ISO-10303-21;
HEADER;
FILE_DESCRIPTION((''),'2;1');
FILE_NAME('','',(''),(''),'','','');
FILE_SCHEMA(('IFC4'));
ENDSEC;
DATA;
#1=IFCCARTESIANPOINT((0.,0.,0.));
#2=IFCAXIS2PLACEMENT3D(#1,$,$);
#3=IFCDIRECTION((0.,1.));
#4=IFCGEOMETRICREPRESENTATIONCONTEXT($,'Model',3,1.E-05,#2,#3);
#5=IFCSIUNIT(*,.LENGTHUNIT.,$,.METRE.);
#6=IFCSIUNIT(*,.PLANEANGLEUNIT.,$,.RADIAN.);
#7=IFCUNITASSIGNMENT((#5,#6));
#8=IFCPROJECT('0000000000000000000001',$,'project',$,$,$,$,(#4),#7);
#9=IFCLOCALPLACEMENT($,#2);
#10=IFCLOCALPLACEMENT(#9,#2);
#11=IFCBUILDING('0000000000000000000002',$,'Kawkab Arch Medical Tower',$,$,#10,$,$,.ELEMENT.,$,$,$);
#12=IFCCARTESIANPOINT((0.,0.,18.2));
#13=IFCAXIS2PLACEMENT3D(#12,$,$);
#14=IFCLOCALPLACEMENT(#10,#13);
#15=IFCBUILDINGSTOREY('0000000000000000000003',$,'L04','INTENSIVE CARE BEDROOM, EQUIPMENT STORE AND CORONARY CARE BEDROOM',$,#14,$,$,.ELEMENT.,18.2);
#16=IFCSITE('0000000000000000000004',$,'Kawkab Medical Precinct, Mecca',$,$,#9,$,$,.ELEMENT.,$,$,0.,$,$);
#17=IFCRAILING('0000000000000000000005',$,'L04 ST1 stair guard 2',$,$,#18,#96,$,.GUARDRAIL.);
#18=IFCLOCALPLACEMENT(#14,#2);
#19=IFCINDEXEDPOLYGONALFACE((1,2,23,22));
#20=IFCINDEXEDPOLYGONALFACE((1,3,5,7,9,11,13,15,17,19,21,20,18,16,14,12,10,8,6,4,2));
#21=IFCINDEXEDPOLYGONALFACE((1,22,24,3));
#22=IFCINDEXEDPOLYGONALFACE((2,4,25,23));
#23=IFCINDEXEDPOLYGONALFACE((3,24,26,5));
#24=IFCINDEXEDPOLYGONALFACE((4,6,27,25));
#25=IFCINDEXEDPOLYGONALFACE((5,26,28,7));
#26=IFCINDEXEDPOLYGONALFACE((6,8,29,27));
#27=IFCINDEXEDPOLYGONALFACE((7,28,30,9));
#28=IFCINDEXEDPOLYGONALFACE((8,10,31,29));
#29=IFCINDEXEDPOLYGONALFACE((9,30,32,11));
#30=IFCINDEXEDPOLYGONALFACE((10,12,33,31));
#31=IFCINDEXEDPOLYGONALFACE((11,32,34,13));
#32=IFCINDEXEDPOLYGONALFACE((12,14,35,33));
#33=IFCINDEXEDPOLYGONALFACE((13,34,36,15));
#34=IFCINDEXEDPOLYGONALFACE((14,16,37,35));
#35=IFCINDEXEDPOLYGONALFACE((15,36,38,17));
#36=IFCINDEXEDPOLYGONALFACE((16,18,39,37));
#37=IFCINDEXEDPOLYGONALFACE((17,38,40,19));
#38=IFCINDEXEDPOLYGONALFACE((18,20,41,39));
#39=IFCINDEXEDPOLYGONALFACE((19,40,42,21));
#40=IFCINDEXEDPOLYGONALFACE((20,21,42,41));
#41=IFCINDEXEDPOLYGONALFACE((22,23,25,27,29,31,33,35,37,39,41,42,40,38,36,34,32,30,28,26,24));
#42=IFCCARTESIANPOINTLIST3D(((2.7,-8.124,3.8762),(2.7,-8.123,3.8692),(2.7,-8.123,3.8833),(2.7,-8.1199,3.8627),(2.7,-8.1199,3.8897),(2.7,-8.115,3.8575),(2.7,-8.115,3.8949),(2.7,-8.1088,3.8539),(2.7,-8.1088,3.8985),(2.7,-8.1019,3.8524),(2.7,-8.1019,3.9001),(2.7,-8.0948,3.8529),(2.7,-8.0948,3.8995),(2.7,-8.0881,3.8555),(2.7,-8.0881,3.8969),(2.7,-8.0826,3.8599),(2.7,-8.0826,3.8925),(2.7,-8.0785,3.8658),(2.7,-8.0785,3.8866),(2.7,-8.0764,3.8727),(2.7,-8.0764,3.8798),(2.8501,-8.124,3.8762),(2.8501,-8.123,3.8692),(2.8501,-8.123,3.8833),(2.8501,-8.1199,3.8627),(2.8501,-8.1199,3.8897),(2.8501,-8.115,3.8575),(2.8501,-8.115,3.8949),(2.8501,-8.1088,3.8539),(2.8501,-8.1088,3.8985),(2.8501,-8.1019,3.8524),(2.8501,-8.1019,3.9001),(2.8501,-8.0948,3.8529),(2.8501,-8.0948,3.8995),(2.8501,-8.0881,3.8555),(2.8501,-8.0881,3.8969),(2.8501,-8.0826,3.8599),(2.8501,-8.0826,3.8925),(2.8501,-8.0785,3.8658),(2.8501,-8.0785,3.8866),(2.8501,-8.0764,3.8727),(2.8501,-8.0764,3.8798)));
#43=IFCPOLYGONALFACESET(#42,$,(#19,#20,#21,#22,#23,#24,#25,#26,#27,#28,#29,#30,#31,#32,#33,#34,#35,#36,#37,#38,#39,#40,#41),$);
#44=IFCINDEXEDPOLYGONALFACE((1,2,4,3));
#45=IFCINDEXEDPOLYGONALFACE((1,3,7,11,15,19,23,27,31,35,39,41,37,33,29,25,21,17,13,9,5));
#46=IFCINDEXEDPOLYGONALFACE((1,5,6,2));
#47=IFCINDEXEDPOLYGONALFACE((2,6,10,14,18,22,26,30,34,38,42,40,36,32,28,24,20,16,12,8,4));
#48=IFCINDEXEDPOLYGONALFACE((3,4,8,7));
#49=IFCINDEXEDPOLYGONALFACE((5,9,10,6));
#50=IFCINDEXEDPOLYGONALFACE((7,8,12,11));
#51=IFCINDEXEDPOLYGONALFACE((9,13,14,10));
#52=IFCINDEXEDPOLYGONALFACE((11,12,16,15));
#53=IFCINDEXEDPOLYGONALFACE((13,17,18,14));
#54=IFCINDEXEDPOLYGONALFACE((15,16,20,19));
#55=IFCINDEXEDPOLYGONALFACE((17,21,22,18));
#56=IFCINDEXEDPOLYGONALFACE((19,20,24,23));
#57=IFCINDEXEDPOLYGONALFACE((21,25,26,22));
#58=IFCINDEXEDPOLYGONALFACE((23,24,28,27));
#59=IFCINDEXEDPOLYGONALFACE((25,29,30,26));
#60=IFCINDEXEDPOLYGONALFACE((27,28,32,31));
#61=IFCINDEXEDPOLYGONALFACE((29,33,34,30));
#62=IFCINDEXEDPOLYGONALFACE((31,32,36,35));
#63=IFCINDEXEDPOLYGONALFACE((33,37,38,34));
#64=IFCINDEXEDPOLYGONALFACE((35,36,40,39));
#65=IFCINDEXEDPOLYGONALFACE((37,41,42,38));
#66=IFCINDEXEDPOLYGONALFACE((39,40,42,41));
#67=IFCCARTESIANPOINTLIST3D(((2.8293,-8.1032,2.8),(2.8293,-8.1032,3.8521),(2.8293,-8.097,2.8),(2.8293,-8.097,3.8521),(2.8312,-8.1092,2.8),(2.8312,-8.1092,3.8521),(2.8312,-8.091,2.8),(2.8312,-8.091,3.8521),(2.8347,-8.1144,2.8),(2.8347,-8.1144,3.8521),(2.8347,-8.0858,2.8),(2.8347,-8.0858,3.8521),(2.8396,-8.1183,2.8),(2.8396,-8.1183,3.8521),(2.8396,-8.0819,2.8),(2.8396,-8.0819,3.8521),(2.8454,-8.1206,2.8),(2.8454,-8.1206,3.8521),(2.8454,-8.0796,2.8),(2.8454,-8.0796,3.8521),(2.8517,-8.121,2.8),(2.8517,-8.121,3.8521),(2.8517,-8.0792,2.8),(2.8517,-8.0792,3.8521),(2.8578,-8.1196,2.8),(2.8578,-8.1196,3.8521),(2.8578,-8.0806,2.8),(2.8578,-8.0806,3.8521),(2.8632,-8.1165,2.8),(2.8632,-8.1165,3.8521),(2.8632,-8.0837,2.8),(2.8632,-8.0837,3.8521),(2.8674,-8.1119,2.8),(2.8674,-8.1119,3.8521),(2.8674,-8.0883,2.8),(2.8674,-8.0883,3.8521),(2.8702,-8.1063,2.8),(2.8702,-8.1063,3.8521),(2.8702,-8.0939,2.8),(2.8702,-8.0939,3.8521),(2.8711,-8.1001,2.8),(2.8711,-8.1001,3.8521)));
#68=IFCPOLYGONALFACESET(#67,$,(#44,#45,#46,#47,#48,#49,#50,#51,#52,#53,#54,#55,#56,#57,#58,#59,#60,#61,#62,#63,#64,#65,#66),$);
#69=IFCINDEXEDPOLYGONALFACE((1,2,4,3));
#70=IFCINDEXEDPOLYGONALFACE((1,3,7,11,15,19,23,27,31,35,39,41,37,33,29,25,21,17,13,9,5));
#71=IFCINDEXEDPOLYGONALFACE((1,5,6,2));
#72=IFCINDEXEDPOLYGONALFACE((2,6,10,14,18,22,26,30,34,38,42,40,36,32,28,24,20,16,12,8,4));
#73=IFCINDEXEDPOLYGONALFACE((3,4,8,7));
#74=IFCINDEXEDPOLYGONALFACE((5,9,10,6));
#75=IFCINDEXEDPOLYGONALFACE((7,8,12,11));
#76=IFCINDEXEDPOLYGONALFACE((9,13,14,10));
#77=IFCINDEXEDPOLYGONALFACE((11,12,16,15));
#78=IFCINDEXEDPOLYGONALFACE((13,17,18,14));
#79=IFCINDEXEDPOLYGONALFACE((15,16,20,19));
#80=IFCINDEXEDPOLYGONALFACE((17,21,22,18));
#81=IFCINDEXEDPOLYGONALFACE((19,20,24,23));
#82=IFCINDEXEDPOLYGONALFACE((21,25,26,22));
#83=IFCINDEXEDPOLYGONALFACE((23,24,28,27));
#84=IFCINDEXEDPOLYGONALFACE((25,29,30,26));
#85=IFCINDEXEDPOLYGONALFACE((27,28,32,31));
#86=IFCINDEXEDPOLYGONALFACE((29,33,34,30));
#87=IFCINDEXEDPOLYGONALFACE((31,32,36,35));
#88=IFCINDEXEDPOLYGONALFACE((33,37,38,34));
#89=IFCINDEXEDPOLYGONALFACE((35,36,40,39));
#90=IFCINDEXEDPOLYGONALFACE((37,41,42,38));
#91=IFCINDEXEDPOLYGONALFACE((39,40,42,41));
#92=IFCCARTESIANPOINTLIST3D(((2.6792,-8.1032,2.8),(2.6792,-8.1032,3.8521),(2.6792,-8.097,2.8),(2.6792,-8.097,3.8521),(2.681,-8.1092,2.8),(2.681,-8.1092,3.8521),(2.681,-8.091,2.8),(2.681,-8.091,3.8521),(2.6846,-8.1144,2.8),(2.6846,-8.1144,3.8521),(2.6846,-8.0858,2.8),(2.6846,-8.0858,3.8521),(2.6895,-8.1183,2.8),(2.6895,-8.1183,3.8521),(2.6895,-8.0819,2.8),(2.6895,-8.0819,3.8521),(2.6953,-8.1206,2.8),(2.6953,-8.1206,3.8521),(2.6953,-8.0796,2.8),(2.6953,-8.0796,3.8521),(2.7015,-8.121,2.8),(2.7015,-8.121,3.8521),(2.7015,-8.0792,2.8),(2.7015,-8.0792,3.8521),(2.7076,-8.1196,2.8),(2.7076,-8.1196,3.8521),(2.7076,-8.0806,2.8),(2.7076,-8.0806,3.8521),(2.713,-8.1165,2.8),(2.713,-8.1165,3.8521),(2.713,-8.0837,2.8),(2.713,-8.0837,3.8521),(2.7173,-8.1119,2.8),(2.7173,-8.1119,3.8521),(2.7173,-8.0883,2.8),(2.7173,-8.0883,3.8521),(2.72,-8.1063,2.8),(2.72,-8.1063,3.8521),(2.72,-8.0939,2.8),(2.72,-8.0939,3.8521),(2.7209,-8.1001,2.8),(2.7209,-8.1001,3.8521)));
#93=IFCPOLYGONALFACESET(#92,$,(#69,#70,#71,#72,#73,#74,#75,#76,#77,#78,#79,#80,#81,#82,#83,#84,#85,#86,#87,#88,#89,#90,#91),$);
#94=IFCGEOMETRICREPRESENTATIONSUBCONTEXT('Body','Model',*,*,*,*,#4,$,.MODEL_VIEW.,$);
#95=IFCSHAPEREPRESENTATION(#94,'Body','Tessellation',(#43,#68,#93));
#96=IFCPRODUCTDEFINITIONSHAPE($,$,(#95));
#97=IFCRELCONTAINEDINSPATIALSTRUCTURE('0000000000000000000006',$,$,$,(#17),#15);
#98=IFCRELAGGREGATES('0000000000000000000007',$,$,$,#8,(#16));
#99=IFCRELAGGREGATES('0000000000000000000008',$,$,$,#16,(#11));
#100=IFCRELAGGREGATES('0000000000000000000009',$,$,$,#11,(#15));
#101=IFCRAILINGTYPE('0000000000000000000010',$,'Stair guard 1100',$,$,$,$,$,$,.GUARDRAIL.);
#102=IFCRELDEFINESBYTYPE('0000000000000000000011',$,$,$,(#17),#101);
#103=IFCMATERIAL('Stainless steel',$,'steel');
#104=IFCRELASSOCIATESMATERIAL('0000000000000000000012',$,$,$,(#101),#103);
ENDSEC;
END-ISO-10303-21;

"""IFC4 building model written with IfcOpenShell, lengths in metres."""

from ifc_helpers import new_model, si_unit, direction, frame, origin, origin_2d, place, context, subcontext, project, spatial, circle, extrude, material, type_object, element, save


model = new_model("IFC4")

# Units and contexts
model_context = context("Model", 3, precision=1e-05, world=origin(), true_north=direction((0.0, 1.0)))
body_context = subcontext(model_context, "Body", "Model", "MODEL_VIEW")
ifc_project = project(units=[si_unit("LENGTHUNIT", "METRE"), si_unit("PLANEANGLEUNIT", "RADIAN")], contexts=[model_context])

# Site, building, storey
site_placement = place(None, origin())
site = spatial("IfcSite", under=ifc_project, at=site_placement, Name="Kawkab Medical Precinct, Mecca", CompositionType="ELEMENT", RefElevation=0.0)
building_placement = place(site_placement, origin())
building = spatial("IfcBuilding", under=site, at=building_placement, Name="Kawkab Arch Medical Tower", CompositionType="ELEMENT")
storey_placement = place(building_placement, frame((0.0, 0.0, 18.2)))
storey = spatial("IfcBuildingStorey", under=building, at=storey_placement, Name="L04", Description="INTENSIVE CARE BEDROOM, EQUIPMENT STORE AND CORONARY CARE BEDROOM", CompositionType="ELEMENT", Elevation=18.2)

# Railing
ifc_material_1 = material(Name="Stainless steel", Category="steel")
railing_type = type_object("IfcRailingType", Name="Stair guard 1100", PredefinedType="GUARDRAIL", material=ifc_material_1)
railing_1_placement = place(storey_placement, frame((2.8501, -8.1001, 2.8)))
element("IfcRailing", 1, at=railing_1_placement, inside=storey, type_object=railing_type, Name="L04 ST1 stair guard 2", PredefinedType="GUARDRAIL", context=body_context, shape_type="SweptSolid", body=[
    extrude(circle(Radius=0.0239, at=origin_2d()), frame((0.0, 0.0, 1.0762), z_axis=(-1.0, 0.0, 0.0), x_axis=(0.0, -1.0, 0.0)), (0.0, 0.0, 1.0), 0.1501),
    extrude(circle(Radius=0.021, at=origin_2d()), origin(), (0.0, 0.0, 1.0), 1.052),
    extrude(circle(Radius=0.021, at=origin_2d()), frame((-0.1501, 0.0, 0.0)), (0.0, 0.0, 1.0), 1.052),
])

save(model, "model.ifc")
